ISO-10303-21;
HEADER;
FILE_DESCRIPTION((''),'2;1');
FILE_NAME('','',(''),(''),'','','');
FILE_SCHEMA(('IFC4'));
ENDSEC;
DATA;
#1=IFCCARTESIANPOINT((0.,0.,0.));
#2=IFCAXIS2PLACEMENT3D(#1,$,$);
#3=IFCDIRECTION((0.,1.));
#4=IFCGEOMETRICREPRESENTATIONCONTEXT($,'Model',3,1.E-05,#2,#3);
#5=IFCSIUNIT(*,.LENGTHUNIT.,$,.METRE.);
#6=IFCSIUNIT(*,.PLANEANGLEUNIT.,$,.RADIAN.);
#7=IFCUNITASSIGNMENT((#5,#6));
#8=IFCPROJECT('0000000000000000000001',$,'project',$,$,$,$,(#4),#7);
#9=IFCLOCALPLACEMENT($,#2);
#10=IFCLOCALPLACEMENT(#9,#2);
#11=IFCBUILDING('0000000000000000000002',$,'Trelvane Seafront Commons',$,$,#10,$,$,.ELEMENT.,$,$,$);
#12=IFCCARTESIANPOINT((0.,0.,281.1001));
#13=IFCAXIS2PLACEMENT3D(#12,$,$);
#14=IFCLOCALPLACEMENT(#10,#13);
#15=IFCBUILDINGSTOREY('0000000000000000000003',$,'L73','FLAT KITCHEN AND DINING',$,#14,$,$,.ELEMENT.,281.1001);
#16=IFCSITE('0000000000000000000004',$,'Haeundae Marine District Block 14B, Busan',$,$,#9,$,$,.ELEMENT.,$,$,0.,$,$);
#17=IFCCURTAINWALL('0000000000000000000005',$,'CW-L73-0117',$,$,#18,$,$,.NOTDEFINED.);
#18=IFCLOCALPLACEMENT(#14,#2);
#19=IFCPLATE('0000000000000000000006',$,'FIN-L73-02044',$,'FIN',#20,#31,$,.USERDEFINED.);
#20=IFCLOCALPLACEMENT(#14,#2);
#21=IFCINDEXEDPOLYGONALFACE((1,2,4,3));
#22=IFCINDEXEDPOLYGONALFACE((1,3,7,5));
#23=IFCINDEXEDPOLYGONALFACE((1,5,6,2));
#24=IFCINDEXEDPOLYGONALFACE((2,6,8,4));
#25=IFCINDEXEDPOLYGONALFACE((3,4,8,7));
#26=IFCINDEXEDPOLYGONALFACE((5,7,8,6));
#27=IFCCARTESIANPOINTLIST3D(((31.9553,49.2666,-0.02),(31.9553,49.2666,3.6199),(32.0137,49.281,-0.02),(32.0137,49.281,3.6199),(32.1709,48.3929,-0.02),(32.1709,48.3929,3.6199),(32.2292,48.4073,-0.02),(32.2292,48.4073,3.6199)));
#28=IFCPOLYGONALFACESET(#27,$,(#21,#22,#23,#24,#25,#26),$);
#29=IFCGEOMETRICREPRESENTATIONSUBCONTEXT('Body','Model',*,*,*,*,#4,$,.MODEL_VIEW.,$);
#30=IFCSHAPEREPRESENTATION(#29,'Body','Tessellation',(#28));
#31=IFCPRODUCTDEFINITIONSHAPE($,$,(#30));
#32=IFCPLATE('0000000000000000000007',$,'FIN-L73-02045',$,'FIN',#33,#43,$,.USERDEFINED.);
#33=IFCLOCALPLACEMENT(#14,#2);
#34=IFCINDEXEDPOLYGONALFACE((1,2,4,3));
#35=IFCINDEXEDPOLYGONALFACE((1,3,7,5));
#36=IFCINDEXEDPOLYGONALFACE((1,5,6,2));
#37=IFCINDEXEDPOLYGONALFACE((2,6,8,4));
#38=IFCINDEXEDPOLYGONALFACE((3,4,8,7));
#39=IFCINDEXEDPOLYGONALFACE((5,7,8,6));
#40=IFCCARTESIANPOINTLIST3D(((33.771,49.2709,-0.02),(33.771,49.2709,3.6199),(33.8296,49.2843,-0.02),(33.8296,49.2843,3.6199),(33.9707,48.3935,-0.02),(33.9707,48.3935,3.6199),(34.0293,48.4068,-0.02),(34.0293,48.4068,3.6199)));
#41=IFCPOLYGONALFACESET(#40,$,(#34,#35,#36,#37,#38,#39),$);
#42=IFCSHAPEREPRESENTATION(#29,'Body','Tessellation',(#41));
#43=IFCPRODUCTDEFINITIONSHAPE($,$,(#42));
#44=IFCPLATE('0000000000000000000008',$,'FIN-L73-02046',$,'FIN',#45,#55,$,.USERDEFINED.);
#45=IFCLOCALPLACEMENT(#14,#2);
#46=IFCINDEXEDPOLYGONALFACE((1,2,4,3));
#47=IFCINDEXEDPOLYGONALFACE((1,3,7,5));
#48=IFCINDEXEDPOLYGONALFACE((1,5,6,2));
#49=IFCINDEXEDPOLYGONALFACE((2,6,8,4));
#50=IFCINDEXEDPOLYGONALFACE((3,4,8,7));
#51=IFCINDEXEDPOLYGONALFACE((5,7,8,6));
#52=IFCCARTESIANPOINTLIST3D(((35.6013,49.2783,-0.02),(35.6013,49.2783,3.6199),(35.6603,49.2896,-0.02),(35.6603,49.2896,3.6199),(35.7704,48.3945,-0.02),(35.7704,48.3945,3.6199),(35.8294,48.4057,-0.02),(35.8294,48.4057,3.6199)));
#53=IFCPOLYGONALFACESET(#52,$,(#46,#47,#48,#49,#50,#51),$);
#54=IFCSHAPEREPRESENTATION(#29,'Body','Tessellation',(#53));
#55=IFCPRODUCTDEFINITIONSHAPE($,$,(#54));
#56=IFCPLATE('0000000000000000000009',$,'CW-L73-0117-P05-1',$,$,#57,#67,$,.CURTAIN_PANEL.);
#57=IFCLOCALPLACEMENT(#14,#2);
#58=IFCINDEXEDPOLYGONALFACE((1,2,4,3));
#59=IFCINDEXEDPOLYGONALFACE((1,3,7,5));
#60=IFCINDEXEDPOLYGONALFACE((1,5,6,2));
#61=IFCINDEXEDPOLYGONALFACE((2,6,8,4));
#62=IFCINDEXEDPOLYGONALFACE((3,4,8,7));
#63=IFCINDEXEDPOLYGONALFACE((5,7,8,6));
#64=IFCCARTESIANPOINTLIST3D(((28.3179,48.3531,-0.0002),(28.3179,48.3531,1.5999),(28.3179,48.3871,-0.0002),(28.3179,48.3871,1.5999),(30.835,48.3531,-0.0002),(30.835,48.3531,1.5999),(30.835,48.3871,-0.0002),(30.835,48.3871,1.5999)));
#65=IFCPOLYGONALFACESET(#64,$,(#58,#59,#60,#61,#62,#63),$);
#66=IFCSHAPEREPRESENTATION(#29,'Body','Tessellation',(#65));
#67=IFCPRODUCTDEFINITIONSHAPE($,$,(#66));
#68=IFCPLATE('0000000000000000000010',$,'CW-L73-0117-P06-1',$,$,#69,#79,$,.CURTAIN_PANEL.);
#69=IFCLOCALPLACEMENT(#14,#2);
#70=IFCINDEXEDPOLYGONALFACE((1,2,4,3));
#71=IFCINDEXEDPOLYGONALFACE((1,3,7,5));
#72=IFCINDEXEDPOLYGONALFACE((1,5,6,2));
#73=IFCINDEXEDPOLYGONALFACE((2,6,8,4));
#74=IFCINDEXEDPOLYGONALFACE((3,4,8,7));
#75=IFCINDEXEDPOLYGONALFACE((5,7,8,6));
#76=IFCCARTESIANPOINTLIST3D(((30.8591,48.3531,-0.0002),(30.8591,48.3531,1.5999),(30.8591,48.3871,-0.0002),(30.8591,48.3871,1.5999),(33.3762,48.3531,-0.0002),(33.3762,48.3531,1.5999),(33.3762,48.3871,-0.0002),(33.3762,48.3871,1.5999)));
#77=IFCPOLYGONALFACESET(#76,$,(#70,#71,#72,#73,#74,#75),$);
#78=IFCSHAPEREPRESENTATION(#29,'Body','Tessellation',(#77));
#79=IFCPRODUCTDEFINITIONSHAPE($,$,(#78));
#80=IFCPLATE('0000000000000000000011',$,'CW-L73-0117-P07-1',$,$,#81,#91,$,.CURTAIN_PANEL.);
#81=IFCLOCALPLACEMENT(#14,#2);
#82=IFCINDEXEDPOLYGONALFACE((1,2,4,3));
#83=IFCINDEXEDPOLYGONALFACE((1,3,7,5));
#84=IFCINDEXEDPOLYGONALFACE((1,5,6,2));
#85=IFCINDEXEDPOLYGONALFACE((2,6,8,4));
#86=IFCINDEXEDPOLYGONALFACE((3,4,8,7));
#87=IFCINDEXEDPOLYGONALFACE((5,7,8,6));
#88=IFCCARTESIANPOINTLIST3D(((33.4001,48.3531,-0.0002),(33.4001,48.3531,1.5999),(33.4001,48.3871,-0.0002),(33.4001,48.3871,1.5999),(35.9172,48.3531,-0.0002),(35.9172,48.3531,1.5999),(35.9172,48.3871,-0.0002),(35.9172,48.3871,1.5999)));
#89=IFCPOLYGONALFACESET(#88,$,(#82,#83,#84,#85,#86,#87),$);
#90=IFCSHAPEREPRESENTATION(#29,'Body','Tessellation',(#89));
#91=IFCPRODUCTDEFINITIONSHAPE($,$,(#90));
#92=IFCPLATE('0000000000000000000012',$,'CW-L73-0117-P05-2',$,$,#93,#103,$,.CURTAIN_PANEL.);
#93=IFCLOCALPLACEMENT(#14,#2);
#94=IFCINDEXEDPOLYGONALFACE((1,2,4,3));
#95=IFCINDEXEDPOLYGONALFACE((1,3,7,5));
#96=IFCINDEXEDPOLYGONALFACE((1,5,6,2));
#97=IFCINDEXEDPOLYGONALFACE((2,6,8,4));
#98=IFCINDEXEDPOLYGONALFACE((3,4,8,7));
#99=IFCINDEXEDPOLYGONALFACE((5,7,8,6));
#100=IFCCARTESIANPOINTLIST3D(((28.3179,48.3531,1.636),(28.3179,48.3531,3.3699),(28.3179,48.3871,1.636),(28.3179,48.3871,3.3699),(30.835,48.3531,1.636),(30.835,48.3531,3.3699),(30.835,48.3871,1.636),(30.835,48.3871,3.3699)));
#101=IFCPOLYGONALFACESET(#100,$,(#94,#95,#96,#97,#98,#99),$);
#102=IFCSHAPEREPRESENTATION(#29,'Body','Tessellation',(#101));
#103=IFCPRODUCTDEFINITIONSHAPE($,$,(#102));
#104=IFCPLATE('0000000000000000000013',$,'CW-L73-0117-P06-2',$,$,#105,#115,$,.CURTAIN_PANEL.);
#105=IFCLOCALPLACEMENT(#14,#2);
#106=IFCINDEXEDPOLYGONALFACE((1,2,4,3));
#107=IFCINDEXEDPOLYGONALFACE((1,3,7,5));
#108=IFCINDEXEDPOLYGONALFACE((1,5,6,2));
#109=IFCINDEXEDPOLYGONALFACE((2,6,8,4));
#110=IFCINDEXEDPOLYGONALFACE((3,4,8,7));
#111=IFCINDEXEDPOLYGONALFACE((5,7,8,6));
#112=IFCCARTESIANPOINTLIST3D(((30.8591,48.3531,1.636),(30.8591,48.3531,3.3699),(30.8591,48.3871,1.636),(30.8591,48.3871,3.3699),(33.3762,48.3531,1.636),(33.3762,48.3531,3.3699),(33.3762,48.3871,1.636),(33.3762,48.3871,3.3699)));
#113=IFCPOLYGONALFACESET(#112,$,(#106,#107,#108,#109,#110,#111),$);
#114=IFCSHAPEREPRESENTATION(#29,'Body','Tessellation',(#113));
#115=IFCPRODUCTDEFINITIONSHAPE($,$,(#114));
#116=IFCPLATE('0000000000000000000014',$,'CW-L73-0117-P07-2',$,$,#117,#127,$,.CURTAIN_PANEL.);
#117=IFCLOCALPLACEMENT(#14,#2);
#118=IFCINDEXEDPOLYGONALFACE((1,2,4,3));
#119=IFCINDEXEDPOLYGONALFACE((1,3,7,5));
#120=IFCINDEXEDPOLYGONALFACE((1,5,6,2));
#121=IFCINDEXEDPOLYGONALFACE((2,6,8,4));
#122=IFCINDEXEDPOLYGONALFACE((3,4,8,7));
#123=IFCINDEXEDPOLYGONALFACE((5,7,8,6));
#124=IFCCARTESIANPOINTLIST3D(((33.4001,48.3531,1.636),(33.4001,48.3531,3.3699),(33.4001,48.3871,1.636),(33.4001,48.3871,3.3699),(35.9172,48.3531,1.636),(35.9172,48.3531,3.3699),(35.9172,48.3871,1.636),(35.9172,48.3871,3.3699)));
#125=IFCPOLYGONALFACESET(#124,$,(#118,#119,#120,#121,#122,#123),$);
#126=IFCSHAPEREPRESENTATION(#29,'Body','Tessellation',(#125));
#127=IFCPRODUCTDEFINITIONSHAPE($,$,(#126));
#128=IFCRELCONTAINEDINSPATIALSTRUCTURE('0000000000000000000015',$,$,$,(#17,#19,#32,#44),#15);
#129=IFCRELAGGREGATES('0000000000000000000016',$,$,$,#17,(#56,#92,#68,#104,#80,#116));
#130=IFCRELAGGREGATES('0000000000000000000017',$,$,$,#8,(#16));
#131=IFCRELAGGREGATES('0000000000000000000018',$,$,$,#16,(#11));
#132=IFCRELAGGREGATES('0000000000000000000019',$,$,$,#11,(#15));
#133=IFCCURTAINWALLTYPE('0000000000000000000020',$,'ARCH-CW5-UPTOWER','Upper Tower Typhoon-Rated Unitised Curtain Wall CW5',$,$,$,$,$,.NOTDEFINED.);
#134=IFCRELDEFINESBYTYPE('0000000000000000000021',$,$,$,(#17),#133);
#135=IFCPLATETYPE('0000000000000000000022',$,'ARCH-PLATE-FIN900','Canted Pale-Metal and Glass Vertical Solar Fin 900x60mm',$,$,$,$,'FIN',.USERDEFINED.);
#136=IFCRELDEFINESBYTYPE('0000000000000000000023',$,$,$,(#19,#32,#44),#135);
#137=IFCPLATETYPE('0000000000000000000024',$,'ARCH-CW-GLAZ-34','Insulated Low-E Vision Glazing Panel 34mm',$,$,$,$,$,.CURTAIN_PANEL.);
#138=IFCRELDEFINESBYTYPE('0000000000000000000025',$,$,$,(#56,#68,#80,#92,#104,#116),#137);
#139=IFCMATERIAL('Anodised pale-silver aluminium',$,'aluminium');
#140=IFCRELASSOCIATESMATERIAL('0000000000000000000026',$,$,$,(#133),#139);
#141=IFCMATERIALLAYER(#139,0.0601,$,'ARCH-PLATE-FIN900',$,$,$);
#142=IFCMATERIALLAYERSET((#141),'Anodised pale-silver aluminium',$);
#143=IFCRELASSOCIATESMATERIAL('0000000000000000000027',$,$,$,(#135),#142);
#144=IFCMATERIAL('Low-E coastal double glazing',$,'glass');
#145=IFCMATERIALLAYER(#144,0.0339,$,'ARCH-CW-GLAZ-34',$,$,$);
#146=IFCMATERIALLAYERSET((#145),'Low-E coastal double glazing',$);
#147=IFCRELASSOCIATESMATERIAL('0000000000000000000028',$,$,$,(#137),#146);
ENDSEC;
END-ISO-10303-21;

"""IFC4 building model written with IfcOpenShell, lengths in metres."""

from ifc_helpers import new_model, si_unit, direction, frame, origin, origin_2d, place, context, subcontext, project, spatial, rectangle, extrude, source, transform, mapped, material, layer, layer_set, type_object, element, aggregate, save


model = new_model("IFC4")

# Units and contexts
model_context = context("Model", 3, precision=1e-05, world=origin(), true_north=direction((0.0, 1.0)))
body_context = subcontext(model_context, "Body", "Model", "MODEL_VIEW")
ifc_project = project(units=[si_unit("LENGTHUNIT", "METRE"), si_unit("PLANEANGLEUNIT", "RADIAN")], contexts=[model_context])

# Site, building, storey
site_placement = place(None, origin())
site = spatial("IfcSite", under=ifc_project, at=site_placement, Name="Haeundae Marine District Block 14B, Busan", CompositionType="ELEMENT", RefElevation=0.0)
building_placement = place(site_placement, origin())
building = spatial("IfcBuilding", under=site, at=building_placement, Name="Trelvane Seafront Commons", CompositionType="ELEMENT")
storey_placement = place(building_placement, frame((0.0, 0.0, 281.1001)))
storey = spatial("IfcBuildingStorey", under=building, at=storey_placement, Name="L73", Description="FLAT KITCHEN AND DINING", CompositionType="ELEMENT", Elevation=281.1001)

# Curtain wall
ifc_material_1 = material(Name="Anodised pale-silver aluminium", Category="aluminium")
curtain_wall_type = type_object("IfcCurtainWallType", Name="ARCH-CW5-UPTOWER", Description="Upper Tower Typhoon-Rated Unitised Curtain Wall CW5", PredefinedType="NOTDEFINED", material=ifc_material_1)
curtain_wall_placement = place(storey_placement, origin())
curtain_wall = element("IfcCurtainWall", 1, at=curtain_wall_placement, inside=storey, type_object=curtain_wall_type, Name="CW-L73-0117", PredefinedType="NOTDEFINED")

# Plates
ifc_layer_1 = layer(ifc_material_1, 0.0601, Name="ARCH-PLATE-FIN900")
ifc_layer_set_1 = layer_set([ifc_layer_1], Name="Anodised pale-silver aluminium")
plate_type_1 = type_object("IfcPlateType", Name="ARCH-PLATE-FIN900", Description="Canted Pale-Metal and Glass Vertical Solar Fin 900x60mm", ElementType="FIN", PredefinedType="USERDEFINED", material=ifc_layer_set_1)
shared_shape_1 = source(origin(), body_context, "Body", "SweptSolid", [
    extrude(rectangle(XDim=0.8999, YDim=0.0601, at=origin_2d()), origin(), (0.0, 0.0, 1.0), 3.6399),
])
for number, where, z_axis, x_axis, name in (
    (2, (32.0923, 48.8369, -0.02), (0.0, 0.0, 1.0), (-0.239554, 0.970883, 0.0), "FIN-L73-02044"),
    (3, (33.9001, 48.8389, -0.02), (0.0, 0.0, 1.0), (-0.22188, 0.975074, 0.0), "FIN-L73-02045"),
    (4, (35.7153, 48.842, -0.02), (0.0, 0.0, 1.0), (-0.187884, 0.982191, 0.0), "FIN-L73-02046"),
):
    element("IfcPlate", number, at=place(storey_placement, frame(where, z_axis=z_axis, x_axis=x_axis)), inside=storey, type_object=plate_type_1, Name=name, ObjectType="FIN", PredefinedType="USERDEFINED", context=body_context, shape_type="MappedRepresentation", body=[
        mapped(shared_shape_1, transform((0.0, 0.0, 0.0), x_axis=(1.0, 0.0, 0.0), y_axis=(0.0, 1.0, 0.0), z_axis=(0.0, 0.0, 1.0), scale=1.0)),
    ])

# Plates
ifc_material_2 = material(Name="Low-E coastal double glazing", Category="glass")
ifc_layer_2 = layer(ifc_material_2, 0.0339, Name="ARCH-CW-GLAZ-34")
ifc_layer_set_2 = layer_set([ifc_layer_2], Name="Low-E coastal double glazing")
plate_type_2 = type_object("IfcPlateType", Name="ARCH-CW-GLAZ-34", Description="Insulated Low-E Vision Glazing Panel 34mm", PredefinedType="CURTAIN_PANEL", material=ifc_layer_set_2)
shared_shape_2 = source(origin(), body_context, "Body", "SweptSolid", [
    extrude(rectangle(XDim=2.5171, YDim=0.0339, at=origin_2d()), origin(), (0.0, 0.0, 1.0), 1.6001),
])
plate_1_placement = place(storey_placement, frame((29.5764, 48.3701, -0.0002), z_axis=(0.0, 0.0, 1.0), x_axis=(1.0, 0.0, 0.0)))
plate_1 = element("IfcPlate", 5, at=plate_1_placement, type_object=plate_type_2, Name="CW-L73-0117-P05-1", PredefinedType="CURTAIN_PANEL", context=body_context, shape_type="MappedRepresentation", body=[
    mapped(shared_shape_2, transform((0.0, 0.0, 0.0), x_axis=(1.0, 0.0, 0.0), y_axis=(0.0, 1.0, 0.0), z_axis=(0.0, 0.0, 1.0), scale=1.0)),
])
plate_2_placement = place(storey_placement, frame((32.1177, 48.3701, -0.0002), z_axis=(0.0, 0.0, 1.0), x_axis=(1.0, 0.0, 0.0)))
plate_2 = element("IfcPlate", 6, at=plate_2_placement, type_object=plate_type_2, Name="CW-L73-0117-P06-1", PredefinedType="CURTAIN_PANEL", context=body_context, shape_type="MappedRepresentation", body=[
    mapped(shared_shape_2, transform((0.0, 0.0, 0.0), x_axis=(1.0, 0.0, 0.0), y_axis=(0.0, 1.0, 0.0), z_axis=(0.0, 0.0, 1.0), scale=1.0)),
])
plate_3_placement = place(storey_placement, frame((34.6587, 48.3701, -0.0002), z_axis=(0.0, 0.0, 1.0), x_axis=(1.0, 0.0, 0.0)))
plate_3 = element("IfcPlate", 7, at=plate_3_placement, type_object=plate_type_2, Name="CW-L73-0117-P07-1", PredefinedType="CURTAIN_PANEL", context=body_context, shape_type="MappedRepresentation", body=[
    mapped(shared_shape_2, transform((0.0, 0.0, 0.0), x_axis=(1.0, 0.0, 0.0), y_axis=(0.0, 1.0, 0.0), z_axis=(0.0, 0.0, 1.0), scale=1.0)),
])
shared_shape_3 = source(origin(), body_context, "Body", "SweptSolid", [
    extrude(rectangle(XDim=2.5171, YDim=0.0339, at=origin_2d()), origin(), (0.0, 0.0, 1.0), 1.7339),
])
plate_4_placement = place(storey_placement, frame((29.5764, 48.3701, 1.636), z_axis=(0.0, 0.0, 1.0), x_axis=(1.0, 0.0, 0.0)))
plate_4 = element("IfcPlate", 8, at=plate_4_placement, type_object=plate_type_2, Name="CW-L73-0117-P05-2", PredefinedType="CURTAIN_PANEL", context=body_context, shape_type="MappedRepresentation", body=[
    mapped(shared_shape_3, transform((0.0, 0.0, 0.0), x_axis=(1.0, 0.0, 0.0), y_axis=(0.0, 1.0, 0.0), z_axis=(0.0, 0.0, 1.0), scale=1.0)),
])
plate_5_placement = place(storey_placement, frame((32.1177, 48.3701, 1.636), z_axis=(0.0, 0.0, 1.0), x_axis=(1.0, 0.0, 0.0)))
plate_5 = element("IfcPlate", 9, at=plate_5_placement, type_object=plate_type_2, Name="CW-L73-0117-P06-2", PredefinedType="CURTAIN_PANEL", context=body_context, shape_type="MappedRepresentation", body=[
    mapped(shared_shape_3, transform((0.0, 0.0, 0.0), x_axis=(1.0, 0.0, 0.0), y_axis=(0.0, 1.0, 0.0), z_axis=(0.0, 0.0, 1.0), scale=1.0)),
])
plate_6_placement = place(storey_placement, frame((34.6587, 48.3701, 1.636), z_axis=(0.0, 0.0, 1.0), x_axis=(1.0, 0.0, 0.0)))
plate_6 = element("IfcPlate", 10, at=plate_6_placement, type_object=plate_type_2, Name="CW-L73-0117-P07-2", PredefinedType="CURTAIN_PANEL", context=body_context, shape_type="MappedRepresentation", body=[
    mapped(shared_shape_3, transform((0.0, 0.0, 0.0), x_axis=(1.0, 0.0, 0.0), y_axis=(0.0, 1.0, 0.0), z_axis=(0.0, 0.0, 1.0), scale=1.0)),
])
aggregate(curtain_wall, [plate_1, plate_4, plate_2, plate_5, plate_3, plate_6])

save(model, "model.ifc")
